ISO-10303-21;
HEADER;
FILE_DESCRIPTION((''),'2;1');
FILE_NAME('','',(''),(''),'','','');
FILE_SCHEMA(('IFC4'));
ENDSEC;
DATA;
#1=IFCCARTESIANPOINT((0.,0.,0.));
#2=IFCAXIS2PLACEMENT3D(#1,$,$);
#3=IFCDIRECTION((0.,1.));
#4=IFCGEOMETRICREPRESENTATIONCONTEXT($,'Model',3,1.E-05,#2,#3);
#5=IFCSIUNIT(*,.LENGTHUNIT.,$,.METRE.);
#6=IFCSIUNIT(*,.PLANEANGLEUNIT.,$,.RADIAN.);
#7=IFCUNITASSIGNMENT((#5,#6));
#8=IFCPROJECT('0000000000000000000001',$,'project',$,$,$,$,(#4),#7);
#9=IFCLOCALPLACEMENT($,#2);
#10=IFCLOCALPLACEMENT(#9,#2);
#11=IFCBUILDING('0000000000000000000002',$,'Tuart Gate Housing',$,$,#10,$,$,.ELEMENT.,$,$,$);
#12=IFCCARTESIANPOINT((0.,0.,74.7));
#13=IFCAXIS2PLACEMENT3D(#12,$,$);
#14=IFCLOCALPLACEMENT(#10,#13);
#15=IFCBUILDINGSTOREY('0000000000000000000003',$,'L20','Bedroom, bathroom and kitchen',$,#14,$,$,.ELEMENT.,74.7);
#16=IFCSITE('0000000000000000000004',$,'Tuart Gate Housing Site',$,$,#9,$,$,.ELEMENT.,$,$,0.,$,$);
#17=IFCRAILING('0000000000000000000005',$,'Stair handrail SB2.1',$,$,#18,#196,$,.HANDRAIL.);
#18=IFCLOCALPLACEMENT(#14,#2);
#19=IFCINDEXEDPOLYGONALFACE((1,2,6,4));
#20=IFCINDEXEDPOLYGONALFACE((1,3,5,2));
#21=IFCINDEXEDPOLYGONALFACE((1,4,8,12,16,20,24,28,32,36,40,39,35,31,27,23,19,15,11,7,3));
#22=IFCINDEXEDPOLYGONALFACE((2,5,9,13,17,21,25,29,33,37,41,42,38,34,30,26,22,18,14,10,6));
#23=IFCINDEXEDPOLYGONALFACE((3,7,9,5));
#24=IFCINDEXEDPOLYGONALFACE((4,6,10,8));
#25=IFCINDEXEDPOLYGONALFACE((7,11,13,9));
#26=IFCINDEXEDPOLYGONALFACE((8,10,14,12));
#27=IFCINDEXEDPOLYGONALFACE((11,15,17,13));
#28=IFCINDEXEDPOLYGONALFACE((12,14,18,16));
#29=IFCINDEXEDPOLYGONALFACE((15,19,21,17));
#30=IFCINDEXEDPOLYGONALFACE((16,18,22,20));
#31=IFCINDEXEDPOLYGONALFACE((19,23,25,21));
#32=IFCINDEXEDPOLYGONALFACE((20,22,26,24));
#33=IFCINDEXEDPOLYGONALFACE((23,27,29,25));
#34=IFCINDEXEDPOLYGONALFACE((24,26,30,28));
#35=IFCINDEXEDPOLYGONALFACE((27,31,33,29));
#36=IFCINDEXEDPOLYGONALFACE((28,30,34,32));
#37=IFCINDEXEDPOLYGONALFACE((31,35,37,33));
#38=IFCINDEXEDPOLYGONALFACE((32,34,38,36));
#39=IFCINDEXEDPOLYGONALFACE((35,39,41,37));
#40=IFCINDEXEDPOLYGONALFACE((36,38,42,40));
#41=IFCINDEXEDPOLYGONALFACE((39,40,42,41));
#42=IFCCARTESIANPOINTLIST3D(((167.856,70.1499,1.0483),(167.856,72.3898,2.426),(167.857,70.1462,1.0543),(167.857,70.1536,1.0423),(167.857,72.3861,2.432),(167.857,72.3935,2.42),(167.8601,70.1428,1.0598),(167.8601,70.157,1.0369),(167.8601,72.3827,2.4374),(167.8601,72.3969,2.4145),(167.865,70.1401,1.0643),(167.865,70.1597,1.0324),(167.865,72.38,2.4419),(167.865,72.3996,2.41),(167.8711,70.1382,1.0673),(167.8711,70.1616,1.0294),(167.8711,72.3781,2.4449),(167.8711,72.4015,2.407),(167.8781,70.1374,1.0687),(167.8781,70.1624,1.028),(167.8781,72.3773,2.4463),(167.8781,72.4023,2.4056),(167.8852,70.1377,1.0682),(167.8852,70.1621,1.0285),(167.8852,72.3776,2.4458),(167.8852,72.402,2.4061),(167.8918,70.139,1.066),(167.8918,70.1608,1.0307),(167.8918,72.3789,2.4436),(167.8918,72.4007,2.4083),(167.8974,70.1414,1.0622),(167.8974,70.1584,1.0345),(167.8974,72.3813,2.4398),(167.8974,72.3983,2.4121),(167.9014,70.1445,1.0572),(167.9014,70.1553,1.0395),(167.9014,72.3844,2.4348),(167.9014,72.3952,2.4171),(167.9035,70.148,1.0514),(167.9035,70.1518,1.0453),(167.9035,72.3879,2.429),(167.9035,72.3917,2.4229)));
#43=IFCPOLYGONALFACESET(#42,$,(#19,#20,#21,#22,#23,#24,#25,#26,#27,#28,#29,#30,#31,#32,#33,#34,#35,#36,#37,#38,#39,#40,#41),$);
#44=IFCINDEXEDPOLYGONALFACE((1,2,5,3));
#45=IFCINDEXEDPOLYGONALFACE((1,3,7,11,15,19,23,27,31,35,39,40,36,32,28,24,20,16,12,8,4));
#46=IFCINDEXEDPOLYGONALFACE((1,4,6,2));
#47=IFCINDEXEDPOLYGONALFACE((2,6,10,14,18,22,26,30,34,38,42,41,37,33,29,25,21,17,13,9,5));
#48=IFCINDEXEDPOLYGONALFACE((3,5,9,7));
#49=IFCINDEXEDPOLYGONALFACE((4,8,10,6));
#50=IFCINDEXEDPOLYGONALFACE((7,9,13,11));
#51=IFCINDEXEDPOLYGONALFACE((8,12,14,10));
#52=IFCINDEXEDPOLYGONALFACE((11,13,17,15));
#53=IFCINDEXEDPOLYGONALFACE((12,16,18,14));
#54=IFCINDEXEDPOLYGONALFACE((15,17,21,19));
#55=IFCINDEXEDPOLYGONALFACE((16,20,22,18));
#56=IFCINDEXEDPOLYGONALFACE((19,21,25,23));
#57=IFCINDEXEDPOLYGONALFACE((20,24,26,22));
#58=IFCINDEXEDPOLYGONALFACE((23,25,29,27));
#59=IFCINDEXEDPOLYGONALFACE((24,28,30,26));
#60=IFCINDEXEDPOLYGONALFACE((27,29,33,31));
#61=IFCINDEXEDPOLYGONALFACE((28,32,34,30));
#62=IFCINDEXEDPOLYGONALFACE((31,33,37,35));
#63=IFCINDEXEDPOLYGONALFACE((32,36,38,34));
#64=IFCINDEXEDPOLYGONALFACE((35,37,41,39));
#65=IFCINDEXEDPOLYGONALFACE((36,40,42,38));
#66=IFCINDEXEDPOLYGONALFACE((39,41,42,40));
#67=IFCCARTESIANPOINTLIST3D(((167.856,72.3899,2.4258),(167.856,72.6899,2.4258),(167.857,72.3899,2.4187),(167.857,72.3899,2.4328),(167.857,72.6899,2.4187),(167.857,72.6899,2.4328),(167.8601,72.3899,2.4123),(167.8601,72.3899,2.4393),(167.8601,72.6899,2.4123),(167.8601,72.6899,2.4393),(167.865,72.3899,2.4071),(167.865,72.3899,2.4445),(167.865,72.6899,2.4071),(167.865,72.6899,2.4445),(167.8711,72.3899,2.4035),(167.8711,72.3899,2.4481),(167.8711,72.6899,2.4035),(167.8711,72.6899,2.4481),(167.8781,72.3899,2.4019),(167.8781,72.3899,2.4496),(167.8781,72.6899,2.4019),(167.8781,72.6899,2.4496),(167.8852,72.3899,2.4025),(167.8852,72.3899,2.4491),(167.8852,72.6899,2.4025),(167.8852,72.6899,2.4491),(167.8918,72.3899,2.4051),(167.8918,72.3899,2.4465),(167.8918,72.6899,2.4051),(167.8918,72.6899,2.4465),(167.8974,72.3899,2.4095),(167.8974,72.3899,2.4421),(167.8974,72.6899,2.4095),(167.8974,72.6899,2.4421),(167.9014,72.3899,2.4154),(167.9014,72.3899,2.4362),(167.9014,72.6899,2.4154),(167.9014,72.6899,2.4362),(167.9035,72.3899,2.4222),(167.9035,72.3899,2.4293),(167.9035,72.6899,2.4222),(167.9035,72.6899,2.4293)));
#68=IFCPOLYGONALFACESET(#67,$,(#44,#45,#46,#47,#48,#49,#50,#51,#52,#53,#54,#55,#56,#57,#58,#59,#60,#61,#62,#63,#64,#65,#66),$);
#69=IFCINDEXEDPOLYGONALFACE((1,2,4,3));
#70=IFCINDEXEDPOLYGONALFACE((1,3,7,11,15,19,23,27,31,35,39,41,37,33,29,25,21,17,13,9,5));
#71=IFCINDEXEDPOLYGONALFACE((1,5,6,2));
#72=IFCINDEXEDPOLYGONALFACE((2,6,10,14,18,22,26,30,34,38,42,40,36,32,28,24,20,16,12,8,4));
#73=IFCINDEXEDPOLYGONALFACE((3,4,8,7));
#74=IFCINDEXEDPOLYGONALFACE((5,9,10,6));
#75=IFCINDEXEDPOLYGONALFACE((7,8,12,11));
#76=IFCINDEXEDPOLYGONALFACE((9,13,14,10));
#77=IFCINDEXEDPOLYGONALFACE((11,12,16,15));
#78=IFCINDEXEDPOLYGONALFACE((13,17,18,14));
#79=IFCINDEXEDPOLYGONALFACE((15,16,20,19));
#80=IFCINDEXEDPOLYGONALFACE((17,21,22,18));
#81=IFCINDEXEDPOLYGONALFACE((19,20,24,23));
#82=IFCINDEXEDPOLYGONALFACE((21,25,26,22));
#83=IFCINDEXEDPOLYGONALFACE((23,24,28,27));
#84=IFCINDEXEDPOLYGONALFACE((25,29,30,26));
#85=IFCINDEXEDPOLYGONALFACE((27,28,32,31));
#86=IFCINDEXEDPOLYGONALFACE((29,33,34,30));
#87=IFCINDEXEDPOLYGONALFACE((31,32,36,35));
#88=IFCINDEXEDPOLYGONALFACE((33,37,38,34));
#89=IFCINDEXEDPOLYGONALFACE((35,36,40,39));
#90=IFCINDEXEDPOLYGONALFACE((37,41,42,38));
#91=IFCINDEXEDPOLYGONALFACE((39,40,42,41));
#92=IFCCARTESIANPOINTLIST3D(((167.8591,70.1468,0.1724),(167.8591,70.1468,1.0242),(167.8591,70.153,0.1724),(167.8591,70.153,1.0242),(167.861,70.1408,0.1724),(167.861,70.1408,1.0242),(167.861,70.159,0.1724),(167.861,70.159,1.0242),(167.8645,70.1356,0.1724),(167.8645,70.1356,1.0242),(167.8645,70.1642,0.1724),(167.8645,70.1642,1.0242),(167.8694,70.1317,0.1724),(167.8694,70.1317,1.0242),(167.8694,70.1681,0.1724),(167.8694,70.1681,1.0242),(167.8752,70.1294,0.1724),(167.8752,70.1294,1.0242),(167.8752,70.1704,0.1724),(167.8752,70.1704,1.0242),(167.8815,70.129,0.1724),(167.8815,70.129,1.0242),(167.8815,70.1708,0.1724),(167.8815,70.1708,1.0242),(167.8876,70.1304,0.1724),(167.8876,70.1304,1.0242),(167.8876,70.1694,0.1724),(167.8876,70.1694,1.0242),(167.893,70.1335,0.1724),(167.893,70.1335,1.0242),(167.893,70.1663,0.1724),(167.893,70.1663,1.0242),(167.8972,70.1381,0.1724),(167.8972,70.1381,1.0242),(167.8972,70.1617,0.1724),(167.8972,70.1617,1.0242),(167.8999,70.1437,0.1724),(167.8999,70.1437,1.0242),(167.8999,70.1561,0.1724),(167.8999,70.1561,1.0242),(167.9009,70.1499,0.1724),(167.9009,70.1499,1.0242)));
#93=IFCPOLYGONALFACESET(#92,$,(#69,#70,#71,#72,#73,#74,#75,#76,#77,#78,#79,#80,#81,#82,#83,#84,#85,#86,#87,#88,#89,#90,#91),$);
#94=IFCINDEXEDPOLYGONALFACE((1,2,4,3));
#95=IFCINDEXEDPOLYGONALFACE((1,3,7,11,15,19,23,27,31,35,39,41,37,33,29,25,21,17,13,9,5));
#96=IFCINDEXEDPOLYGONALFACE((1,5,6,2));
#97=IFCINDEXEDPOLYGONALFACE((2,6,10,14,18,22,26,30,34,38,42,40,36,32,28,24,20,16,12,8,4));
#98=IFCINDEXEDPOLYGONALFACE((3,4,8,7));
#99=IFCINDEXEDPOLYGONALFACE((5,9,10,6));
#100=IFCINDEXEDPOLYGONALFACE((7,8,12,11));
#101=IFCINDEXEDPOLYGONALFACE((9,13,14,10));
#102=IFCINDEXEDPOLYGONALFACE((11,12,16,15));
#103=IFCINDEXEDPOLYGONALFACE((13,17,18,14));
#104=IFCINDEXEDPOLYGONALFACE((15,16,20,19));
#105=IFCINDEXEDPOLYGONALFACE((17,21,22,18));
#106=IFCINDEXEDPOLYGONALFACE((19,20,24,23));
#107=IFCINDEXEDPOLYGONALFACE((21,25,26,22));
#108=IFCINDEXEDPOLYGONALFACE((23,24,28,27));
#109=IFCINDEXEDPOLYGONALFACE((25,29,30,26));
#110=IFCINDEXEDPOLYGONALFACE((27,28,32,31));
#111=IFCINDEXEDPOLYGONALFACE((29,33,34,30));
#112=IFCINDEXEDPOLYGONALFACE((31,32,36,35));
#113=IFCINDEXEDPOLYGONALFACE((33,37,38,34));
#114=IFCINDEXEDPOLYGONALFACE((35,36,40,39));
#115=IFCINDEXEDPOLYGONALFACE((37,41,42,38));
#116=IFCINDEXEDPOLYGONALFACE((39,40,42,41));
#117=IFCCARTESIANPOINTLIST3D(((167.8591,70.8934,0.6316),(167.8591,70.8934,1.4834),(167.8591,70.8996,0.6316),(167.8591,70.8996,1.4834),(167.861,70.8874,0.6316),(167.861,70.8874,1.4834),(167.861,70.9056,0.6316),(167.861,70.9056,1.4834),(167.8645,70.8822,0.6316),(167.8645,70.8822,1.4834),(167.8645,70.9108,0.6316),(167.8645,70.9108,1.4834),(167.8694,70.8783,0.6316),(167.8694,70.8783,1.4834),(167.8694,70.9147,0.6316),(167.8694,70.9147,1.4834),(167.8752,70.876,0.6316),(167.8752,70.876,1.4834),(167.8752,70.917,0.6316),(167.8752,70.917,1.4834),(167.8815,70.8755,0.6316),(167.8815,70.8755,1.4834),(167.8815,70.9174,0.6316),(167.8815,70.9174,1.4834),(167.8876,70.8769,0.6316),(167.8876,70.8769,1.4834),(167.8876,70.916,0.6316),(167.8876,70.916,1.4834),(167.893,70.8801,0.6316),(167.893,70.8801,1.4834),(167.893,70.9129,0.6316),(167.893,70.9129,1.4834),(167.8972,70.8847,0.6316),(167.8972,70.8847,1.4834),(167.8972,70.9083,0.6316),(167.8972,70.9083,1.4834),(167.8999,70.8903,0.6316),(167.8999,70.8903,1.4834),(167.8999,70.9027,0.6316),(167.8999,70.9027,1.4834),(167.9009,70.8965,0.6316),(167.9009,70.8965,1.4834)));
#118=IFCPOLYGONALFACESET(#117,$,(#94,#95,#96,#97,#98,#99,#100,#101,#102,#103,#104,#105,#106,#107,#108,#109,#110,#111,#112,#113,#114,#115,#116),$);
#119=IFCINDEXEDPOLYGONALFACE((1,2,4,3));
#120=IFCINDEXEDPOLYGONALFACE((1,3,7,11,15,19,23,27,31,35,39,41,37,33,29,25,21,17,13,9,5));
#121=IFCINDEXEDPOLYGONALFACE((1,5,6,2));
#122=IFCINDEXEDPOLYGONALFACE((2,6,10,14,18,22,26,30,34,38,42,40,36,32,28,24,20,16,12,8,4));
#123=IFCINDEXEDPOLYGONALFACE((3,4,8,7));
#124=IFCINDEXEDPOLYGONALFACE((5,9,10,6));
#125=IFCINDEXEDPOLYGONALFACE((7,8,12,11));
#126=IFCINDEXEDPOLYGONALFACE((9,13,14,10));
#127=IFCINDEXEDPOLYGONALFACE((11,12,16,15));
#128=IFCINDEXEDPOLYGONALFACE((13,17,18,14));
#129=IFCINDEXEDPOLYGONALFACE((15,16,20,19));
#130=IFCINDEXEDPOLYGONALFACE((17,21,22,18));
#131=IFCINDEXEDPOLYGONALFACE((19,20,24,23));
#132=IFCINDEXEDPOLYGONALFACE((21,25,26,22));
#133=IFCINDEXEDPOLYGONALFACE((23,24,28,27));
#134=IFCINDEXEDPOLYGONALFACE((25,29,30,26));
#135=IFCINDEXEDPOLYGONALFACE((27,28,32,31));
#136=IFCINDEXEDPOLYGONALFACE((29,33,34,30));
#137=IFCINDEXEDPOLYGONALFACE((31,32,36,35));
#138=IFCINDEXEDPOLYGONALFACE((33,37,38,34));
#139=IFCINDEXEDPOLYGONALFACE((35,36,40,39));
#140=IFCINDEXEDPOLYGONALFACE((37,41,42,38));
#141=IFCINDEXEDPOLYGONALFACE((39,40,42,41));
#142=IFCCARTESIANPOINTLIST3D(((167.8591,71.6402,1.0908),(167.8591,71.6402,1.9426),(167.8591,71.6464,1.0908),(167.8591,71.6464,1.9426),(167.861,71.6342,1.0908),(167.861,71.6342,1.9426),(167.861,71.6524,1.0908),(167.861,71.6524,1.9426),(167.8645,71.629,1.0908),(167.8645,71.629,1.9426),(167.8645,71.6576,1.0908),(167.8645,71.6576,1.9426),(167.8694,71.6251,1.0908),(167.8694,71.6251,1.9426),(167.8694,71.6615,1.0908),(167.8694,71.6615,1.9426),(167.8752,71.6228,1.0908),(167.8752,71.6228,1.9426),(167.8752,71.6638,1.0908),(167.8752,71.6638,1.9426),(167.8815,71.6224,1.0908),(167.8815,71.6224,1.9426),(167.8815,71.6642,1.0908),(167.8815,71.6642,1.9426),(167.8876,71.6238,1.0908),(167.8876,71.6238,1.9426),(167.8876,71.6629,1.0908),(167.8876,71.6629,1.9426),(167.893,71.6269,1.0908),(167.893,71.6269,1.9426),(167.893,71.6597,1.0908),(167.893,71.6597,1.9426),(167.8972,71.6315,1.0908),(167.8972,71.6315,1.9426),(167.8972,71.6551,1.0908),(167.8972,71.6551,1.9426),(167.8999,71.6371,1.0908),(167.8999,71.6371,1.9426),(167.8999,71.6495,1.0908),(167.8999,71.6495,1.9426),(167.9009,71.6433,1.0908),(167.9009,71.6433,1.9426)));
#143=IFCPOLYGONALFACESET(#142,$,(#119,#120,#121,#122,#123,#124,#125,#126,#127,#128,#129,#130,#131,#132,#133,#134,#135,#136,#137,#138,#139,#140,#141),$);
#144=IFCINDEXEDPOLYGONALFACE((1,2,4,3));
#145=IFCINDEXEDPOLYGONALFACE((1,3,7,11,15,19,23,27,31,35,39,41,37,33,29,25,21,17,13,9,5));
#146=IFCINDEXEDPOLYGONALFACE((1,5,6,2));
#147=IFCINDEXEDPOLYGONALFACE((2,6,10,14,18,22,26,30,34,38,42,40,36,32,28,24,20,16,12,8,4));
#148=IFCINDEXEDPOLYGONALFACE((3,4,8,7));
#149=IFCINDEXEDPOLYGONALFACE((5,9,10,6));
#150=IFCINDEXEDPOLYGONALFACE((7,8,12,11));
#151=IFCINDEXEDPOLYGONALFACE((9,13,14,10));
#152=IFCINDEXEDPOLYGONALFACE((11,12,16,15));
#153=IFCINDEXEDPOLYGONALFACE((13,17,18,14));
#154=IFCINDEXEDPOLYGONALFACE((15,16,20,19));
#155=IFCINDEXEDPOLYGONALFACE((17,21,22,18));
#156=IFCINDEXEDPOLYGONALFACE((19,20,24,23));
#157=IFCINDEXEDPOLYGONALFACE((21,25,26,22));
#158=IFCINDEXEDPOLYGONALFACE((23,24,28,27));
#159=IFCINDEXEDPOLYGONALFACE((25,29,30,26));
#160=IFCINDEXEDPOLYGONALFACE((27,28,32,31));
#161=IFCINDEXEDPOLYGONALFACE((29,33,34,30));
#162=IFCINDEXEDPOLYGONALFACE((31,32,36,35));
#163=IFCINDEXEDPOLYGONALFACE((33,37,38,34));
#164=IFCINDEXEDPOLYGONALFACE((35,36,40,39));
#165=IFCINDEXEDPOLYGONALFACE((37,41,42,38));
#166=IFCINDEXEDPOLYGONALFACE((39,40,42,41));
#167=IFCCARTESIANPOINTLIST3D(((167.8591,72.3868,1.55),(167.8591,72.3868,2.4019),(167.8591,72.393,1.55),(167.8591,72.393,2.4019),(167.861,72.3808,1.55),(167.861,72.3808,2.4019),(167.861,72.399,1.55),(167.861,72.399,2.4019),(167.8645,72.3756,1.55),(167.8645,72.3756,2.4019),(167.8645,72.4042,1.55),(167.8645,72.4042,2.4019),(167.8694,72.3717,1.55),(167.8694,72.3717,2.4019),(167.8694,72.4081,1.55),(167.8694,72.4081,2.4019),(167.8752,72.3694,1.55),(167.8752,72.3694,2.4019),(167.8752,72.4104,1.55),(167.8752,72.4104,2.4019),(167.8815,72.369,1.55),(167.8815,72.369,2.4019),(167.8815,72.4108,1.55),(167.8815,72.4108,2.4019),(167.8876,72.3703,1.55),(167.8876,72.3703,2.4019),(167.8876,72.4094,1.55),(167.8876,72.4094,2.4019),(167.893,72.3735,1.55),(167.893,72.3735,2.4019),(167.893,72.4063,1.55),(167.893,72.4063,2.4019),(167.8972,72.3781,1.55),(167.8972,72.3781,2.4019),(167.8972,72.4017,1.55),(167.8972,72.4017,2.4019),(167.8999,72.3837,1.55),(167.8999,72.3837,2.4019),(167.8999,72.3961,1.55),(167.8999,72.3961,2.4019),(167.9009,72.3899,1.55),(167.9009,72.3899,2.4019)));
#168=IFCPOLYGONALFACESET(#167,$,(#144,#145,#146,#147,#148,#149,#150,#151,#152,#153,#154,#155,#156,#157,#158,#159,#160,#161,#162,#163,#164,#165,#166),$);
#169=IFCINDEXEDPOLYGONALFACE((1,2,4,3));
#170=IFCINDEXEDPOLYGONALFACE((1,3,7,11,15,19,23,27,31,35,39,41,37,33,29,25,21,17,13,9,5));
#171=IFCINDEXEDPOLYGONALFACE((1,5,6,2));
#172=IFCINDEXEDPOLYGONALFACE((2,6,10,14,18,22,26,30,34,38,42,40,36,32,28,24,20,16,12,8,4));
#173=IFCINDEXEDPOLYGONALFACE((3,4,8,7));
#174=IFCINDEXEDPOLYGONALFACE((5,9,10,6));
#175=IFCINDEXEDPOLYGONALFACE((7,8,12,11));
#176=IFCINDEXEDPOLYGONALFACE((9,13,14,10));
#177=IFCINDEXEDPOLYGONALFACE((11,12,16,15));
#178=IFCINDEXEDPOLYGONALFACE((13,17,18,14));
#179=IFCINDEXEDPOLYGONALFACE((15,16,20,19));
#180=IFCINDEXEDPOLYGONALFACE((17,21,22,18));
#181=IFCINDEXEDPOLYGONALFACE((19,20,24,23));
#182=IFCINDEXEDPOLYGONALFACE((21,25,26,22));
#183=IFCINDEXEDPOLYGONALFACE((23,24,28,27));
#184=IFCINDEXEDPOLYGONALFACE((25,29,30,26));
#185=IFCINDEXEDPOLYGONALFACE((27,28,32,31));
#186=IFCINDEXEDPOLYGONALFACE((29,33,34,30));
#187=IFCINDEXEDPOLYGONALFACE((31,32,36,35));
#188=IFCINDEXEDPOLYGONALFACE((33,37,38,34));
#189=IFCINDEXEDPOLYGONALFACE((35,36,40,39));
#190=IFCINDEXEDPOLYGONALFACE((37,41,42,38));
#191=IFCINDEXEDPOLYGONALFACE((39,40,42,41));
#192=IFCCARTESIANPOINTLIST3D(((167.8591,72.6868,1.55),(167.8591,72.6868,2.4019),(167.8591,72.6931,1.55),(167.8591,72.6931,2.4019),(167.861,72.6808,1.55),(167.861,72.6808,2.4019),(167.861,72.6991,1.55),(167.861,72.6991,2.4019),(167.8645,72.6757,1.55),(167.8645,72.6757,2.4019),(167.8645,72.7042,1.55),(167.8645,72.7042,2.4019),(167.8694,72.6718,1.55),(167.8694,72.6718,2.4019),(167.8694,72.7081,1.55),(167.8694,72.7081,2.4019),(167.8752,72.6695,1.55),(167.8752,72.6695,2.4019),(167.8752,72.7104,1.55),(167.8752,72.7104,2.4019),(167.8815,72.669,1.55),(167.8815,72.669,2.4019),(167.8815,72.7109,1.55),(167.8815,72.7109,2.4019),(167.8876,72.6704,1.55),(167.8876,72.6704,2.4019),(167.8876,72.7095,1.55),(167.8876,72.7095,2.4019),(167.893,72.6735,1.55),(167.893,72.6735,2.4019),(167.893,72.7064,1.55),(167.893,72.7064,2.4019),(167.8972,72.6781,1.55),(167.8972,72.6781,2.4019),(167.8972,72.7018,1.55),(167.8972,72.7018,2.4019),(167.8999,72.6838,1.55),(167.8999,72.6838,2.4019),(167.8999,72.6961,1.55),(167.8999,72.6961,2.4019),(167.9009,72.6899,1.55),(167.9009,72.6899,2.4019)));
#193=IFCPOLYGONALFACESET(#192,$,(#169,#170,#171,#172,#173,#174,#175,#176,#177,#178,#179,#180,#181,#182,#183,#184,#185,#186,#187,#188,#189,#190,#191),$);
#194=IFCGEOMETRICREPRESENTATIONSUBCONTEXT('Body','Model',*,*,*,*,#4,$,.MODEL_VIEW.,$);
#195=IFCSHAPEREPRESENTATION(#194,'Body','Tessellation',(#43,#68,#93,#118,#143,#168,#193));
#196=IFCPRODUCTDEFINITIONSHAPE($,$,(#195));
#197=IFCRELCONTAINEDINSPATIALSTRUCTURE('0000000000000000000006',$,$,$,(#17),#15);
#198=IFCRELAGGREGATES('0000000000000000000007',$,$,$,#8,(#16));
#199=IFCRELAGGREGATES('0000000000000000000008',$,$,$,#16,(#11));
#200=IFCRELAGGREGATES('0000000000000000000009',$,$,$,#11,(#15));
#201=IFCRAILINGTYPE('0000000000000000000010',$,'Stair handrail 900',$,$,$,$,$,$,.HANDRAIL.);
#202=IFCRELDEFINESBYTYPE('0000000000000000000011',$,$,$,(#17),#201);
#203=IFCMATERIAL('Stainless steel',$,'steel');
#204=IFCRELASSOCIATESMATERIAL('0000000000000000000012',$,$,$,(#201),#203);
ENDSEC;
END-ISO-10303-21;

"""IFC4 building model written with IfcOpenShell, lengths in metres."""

from ifc_helpers import new_model, si_unit, direction, frame, origin, origin_2d, place, context, subcontext, project, spatial, circle, extrude, material, type_object, element, save


model = new_model("IFC4")

# Units and contexts
model_context = context("Model", 3, precision=1e-05, world=origin(), true_north=direction((0.0, 1.0)))
body_context = subcontext(model_context, "Body", "Model", "MODEL_VIEW")
ifc_project = project(units=[si_unit("LENGTHUNIT", "METRE"), si_unit("PLANEANGLEUNIT", "RADIAN")], contexts=[model_context])

# Site, building, storey
site_placement = place(None, origin())
site = spatial("IfcSite", under=ifc_project, at=site_placement, Name="Tuart Gate Housing Site", CompositionType="ELEMENT", RefElevation=0.0)
building_placement = place(site_placement, origin())
building = spatial("IfcBuilding", under=site, at=building_placement, Name="Tuart Gate Housing", CompositionType="ELEMENT")
storey_placement = place(building_placement, frame((0.0, 0.0, 74.7)))
storey = spatial("IfcBuildingStorey", under=building, at=storey_placement, Name="L20", Description="Bedroom, bathroom and kitchen", CompositionType="ELEMENT", Elevation=74.7)

# Railing
ifc_material_1 = material(Name="Stainless steel", Category="steel")
railing_type = type_object("IfcRailingType", Name="Stair handrail 900", PredefinedType="HANDRAIL", material=ifc_material_1)
railing_placement = place(storey_placement, frame((167.8799, 70.1499, 0.1724)))
element("IfcRailing", 1, at=railing_placement, inside=storey, type_object=railing_type, Name="Stair handrail SB2.1", PredefinedType="HANDRAIL", context=body_context, shape_type="SweptSolid", body=[
    extrude(circle(Radius=0.0239, at=origin_2d()), frame((0.0, 0.0, 0.876), z_axis=(0.0, 0.851789, 0.523885), x_axis=(-1.0, 0.0, 0.0)), (0.0, 0.0, 1.0), 2.6296),
    extrude(circle(Radius=0.0239, at=origin_2d()), frame((0.0, 2.24, 2.2534), z_axis=(0.0, 1.0, 0.0), x_axis=(-1.0, 0.0, 0.0)), (0.0, 0.0, 1.0), 0.3),
    extrude(circle(Radius=0.021, at=origin_2d()), origin(), (0.0, 0.0, 1.0), 0.8518),
    extrude(circle(Radius=0.021, at=origin_2d()), frame((0.0, 0.7466, 0.4592)), (0.0, 0.0, 1.0), 0.8518),
    extrude(circle(Radius=0.021, at=origin_2d()), frame((0.0, 1.4934, 0.9185)), (0.0, 0.0, 1.0), 0.8518),
    extrude(circle(Radius=0.021, at=origin_2d()), frame((0.0, 2.24, 1.3777)), (0.0, 0.0, 1.0), 0.8518),
    extrude(circle(Radius=0.021, at=origin_2d()), frame((0.0, 2.54, 1.3777)), (0.0, 0.0, 1.0), 0.8518),
])

save(model, "model.ifc")
